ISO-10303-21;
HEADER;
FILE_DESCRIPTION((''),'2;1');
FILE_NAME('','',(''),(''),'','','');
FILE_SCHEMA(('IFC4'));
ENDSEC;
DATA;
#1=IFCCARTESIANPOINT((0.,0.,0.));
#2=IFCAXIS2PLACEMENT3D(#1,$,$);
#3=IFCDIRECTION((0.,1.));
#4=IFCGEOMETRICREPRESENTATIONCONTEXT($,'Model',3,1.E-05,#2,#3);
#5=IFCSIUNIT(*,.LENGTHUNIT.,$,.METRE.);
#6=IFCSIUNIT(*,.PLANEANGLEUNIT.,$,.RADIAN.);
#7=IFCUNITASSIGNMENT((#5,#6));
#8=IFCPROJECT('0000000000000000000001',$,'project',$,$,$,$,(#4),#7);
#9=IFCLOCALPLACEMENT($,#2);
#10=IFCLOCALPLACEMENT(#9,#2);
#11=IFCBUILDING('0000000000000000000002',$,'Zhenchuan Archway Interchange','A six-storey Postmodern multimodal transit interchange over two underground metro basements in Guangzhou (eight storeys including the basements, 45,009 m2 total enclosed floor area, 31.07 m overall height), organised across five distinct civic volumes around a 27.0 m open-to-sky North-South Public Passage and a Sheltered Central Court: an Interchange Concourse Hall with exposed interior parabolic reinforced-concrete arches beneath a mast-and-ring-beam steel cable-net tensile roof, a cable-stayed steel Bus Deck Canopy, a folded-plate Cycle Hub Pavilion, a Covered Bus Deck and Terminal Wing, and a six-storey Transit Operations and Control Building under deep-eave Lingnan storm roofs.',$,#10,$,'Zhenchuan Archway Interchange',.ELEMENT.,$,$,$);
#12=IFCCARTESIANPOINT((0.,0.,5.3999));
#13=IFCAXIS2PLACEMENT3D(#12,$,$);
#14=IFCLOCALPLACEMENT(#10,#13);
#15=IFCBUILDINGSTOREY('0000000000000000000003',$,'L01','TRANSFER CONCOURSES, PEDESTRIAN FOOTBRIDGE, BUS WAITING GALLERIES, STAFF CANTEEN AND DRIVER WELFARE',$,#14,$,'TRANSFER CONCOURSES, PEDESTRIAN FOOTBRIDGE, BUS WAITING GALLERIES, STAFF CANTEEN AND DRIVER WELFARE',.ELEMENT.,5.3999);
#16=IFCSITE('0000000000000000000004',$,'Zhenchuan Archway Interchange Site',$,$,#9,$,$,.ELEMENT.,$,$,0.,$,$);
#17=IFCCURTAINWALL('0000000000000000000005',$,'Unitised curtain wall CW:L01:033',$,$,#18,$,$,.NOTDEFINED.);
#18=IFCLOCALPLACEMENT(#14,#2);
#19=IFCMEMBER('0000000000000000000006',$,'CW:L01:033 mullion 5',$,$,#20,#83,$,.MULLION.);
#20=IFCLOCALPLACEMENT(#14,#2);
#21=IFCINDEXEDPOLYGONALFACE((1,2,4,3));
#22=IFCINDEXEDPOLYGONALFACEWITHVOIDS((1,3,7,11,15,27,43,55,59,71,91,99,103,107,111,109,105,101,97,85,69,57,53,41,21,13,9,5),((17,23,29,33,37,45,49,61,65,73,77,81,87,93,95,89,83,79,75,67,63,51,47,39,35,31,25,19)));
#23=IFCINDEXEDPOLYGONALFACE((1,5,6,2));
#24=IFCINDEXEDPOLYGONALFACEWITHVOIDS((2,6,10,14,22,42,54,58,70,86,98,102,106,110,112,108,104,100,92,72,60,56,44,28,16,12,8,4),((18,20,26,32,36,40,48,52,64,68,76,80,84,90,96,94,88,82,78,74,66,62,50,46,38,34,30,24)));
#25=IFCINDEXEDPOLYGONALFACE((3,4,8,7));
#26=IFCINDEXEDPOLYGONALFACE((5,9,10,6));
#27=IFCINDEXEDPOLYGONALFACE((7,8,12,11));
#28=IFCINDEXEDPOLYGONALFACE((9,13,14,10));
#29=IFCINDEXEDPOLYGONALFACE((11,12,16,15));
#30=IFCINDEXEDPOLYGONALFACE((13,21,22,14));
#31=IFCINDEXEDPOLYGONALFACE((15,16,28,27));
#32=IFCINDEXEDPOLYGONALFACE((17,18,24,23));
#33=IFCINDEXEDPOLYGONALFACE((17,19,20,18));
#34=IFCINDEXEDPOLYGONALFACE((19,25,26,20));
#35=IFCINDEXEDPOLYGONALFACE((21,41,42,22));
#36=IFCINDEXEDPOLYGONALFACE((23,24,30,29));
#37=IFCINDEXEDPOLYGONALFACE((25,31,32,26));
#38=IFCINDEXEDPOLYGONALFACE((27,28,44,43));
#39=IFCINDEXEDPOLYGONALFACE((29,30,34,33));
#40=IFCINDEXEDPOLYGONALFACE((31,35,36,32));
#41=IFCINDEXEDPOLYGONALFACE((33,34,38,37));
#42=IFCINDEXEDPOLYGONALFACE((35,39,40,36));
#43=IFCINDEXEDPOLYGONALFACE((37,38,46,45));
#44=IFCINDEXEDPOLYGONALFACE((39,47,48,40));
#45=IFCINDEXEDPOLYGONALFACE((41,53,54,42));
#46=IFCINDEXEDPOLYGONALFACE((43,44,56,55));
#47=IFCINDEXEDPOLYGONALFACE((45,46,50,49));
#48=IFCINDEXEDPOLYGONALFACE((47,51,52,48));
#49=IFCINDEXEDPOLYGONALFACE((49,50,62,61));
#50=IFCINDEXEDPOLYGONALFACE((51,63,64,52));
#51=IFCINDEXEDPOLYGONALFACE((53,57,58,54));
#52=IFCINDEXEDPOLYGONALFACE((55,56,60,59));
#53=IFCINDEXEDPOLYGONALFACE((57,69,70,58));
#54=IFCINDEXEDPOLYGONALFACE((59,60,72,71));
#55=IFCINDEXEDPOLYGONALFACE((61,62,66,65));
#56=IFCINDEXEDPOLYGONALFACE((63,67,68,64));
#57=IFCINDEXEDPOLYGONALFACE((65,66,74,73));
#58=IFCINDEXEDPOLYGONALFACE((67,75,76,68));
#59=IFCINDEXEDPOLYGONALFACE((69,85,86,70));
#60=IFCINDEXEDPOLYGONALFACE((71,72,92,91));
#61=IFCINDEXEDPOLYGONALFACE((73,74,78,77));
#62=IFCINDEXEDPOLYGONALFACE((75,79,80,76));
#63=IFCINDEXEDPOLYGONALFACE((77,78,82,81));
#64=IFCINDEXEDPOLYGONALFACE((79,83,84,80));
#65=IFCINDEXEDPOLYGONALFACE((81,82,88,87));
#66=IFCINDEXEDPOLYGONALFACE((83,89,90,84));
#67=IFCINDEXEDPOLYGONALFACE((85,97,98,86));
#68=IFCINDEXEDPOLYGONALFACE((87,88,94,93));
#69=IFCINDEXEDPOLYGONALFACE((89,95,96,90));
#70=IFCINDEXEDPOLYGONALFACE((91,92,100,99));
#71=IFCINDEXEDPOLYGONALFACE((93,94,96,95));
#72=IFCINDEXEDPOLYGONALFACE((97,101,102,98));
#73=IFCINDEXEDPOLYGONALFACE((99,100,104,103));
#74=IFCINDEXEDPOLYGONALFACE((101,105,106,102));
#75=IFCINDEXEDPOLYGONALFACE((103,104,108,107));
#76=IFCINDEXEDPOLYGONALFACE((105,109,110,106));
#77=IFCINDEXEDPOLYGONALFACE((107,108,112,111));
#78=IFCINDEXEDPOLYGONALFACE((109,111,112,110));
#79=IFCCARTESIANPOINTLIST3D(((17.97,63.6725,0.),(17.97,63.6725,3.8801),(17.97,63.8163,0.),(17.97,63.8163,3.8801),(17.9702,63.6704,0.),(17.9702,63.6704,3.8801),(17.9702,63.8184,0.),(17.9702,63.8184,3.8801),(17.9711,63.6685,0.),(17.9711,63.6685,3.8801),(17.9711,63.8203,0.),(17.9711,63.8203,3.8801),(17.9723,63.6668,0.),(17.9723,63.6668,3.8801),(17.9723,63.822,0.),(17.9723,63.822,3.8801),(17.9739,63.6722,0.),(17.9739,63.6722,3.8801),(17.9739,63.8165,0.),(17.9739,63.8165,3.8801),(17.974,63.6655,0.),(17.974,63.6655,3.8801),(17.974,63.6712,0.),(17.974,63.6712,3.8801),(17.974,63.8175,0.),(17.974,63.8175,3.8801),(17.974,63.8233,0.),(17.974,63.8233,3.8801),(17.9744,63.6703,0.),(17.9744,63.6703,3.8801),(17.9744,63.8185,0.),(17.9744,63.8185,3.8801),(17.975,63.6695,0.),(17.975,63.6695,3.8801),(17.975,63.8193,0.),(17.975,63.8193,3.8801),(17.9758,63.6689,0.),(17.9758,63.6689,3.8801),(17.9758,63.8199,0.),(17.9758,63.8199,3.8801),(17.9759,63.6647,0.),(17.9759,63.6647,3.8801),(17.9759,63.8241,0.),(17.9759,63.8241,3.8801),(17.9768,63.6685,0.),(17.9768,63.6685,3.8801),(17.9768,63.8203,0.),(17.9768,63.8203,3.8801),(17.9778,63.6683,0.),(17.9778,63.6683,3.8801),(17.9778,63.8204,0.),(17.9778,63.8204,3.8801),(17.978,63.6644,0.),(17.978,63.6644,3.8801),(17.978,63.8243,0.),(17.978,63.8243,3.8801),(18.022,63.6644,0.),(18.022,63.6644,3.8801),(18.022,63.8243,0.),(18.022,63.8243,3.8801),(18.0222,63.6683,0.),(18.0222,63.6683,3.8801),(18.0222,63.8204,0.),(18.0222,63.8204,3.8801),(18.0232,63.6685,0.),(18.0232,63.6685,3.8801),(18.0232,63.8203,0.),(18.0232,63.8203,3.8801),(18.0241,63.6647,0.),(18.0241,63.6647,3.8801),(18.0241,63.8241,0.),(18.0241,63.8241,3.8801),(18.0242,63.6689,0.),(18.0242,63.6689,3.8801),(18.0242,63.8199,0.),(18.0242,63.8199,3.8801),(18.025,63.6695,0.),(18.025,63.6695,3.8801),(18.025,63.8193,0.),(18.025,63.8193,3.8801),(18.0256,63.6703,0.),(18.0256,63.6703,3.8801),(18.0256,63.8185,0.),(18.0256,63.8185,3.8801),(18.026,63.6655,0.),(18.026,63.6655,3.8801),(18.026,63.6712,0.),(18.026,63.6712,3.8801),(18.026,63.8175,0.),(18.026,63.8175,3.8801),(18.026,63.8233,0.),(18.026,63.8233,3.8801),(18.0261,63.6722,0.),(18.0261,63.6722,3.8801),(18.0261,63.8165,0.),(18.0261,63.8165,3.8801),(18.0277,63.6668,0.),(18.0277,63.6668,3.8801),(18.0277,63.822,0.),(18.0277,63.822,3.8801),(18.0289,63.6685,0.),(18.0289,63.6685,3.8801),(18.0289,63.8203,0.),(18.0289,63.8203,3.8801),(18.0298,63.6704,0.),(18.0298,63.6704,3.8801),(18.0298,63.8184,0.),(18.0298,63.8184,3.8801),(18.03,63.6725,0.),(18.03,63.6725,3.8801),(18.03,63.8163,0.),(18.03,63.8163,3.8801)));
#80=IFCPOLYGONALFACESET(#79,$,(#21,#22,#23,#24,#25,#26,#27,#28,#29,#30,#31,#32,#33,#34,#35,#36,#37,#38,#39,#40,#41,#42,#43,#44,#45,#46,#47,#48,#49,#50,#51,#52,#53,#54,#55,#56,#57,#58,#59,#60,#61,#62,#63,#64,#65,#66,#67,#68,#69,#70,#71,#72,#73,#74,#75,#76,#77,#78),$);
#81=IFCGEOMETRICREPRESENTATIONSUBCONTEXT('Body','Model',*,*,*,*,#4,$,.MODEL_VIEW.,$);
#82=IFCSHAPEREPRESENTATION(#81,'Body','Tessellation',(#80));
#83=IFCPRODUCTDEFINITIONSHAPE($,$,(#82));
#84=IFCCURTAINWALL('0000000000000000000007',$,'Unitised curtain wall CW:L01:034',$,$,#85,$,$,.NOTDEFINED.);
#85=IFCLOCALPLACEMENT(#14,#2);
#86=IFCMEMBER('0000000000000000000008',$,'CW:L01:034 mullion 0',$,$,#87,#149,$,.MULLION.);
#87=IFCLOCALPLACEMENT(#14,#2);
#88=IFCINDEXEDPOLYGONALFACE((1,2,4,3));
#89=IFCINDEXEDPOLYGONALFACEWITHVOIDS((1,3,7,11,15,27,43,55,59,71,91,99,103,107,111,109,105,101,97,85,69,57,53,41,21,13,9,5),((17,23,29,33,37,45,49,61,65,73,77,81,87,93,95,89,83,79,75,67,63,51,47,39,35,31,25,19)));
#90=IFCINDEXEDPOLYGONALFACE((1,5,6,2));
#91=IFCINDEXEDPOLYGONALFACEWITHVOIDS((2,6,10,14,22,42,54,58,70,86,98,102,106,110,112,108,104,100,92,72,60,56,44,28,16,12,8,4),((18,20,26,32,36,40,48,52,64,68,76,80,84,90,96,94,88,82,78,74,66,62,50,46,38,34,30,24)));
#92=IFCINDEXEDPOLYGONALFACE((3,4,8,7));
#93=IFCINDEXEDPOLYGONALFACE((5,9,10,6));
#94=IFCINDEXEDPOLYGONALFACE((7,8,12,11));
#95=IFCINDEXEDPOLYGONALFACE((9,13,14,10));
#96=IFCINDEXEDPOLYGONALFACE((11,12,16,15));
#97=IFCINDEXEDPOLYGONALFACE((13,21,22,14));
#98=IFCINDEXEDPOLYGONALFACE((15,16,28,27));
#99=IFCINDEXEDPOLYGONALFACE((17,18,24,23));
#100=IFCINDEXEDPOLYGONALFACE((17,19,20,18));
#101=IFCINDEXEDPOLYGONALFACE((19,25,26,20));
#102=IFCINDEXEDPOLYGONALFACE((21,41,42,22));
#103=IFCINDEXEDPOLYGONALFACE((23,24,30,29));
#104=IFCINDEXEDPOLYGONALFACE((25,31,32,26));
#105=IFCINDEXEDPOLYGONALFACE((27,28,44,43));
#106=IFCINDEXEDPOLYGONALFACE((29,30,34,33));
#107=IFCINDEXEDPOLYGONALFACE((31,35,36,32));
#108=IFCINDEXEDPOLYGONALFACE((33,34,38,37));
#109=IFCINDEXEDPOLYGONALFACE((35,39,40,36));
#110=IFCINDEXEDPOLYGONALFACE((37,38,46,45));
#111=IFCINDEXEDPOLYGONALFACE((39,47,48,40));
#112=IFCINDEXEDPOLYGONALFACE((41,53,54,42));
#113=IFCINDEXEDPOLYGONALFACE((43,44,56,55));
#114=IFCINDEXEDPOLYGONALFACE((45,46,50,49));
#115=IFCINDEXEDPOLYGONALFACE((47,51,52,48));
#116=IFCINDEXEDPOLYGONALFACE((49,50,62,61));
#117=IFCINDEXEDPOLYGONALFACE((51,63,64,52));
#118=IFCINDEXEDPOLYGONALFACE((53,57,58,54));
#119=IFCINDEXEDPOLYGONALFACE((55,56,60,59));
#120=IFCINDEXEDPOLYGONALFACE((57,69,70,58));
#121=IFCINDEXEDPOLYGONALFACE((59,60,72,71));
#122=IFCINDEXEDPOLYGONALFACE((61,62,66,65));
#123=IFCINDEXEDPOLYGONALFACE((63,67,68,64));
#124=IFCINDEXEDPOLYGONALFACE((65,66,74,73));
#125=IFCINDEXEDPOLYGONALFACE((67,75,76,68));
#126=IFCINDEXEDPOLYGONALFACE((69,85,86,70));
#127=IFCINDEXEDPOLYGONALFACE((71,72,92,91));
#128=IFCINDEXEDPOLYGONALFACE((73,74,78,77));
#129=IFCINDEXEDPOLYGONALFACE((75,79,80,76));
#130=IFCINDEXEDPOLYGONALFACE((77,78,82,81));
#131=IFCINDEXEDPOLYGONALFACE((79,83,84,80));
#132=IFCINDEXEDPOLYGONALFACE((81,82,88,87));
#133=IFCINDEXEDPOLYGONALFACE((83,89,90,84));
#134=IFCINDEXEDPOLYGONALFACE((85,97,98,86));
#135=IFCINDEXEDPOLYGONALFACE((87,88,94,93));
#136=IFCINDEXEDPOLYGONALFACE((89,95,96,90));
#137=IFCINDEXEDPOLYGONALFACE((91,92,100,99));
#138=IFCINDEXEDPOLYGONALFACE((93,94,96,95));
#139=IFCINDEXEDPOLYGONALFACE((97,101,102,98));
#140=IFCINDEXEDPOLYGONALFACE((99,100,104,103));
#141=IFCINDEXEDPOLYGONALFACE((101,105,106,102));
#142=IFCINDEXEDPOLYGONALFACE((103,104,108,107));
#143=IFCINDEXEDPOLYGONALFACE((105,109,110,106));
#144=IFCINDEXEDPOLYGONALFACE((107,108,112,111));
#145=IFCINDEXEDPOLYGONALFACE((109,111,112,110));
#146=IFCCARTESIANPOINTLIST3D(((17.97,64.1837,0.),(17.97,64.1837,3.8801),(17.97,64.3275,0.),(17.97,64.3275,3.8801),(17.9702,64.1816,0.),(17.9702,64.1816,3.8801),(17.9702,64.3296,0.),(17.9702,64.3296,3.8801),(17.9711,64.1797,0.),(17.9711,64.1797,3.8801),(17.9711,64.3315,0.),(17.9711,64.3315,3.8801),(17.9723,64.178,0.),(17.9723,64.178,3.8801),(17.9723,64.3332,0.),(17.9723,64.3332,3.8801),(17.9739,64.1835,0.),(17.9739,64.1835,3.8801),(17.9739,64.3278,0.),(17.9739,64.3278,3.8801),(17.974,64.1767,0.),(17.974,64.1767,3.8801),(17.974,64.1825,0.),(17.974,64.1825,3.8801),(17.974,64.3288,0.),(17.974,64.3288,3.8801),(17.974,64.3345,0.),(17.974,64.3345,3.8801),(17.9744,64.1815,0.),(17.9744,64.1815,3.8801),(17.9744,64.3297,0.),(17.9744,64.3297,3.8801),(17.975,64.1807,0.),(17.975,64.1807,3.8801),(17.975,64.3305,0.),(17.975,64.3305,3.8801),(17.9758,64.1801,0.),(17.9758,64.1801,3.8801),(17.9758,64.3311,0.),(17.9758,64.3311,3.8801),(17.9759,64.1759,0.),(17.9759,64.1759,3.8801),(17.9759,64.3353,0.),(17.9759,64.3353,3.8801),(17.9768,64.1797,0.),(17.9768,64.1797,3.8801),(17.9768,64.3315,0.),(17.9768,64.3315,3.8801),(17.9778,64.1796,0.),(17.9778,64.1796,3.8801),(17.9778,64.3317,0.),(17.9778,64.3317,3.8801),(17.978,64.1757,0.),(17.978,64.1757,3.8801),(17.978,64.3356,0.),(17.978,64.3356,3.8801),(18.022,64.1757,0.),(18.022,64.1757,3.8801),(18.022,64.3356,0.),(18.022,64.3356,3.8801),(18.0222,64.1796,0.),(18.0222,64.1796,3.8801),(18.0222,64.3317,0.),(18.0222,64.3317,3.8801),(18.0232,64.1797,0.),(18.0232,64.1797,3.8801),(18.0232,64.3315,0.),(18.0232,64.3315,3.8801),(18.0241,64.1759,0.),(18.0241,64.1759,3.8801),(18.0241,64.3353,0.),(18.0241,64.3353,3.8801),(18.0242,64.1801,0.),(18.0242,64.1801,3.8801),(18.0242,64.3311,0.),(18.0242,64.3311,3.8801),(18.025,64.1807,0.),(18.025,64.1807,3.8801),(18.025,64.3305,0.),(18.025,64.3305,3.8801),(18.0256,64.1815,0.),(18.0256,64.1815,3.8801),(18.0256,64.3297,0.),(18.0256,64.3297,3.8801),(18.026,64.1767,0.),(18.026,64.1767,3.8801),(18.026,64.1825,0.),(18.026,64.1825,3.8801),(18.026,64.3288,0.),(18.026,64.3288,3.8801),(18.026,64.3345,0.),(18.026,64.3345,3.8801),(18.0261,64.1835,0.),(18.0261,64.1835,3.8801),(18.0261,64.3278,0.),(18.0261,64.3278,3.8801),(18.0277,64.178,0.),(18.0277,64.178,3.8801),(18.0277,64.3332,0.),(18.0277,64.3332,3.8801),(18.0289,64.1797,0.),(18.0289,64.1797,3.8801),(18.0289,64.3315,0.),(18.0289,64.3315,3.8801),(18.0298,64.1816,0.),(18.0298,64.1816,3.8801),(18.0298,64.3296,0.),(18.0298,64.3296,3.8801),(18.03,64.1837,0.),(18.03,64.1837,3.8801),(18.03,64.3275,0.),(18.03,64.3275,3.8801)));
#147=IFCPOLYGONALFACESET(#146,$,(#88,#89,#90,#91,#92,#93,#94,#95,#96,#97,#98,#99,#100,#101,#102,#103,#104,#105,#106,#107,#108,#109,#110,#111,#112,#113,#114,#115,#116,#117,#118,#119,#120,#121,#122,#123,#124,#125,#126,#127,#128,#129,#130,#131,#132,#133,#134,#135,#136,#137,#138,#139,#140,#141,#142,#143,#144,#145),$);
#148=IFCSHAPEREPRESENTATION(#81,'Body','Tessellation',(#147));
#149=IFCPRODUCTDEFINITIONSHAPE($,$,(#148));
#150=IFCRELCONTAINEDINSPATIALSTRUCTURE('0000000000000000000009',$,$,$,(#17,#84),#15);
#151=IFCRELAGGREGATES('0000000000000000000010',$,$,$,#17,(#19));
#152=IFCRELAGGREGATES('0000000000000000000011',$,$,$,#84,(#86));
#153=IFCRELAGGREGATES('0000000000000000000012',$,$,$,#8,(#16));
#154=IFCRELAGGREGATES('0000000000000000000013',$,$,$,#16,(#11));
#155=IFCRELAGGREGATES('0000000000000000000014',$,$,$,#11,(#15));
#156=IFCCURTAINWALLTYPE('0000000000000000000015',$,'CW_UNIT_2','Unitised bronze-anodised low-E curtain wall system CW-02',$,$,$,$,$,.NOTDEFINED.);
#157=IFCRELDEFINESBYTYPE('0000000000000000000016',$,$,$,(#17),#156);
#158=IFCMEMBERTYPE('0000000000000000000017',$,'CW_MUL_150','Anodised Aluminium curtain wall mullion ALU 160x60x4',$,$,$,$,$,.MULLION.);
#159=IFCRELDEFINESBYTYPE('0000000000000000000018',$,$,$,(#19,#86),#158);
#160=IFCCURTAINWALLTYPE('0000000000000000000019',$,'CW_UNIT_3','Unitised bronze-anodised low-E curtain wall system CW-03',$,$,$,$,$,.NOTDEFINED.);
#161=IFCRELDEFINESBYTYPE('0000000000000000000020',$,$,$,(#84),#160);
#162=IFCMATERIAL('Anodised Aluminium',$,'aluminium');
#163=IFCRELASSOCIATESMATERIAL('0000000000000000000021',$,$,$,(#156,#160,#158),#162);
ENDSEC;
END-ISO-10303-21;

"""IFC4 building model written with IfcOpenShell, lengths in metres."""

from ifc_helpers import new_model, si_unit, direction, frame, origin, origin_2d, place, context, subcontext, project, spatial, hollow_rectangle, extrude, material, material_profile, profile_set, type_object, element, aggregate, save


model = new_model("IFC4")

# Units and contexts
model_context = context("Model", 3, precision=1e-05, world=origin(), true_north=direction((0.0, 1.0)))
body_context = subcontext(model_context, "Body", "Model", "MODEL_VIEW")
ifc_project = project(units=[si_unit("LENGTHUNIT", "METRE"), si_unit("PLANEANGLEUNIT", "RADIAN")], contexts=[model_context])

# Site, building, storey
site_placement = place(None, origin())
site = spatial("IfcSite", under=ifc_project, at=site_placement, Name="Zhenchuan Archway Interchange Site", CompositionType="ELEMENT", RefElevation=0.0)
building_placement = place(site_placement, origin())
building = spatial("IfcBuilding", under=site, at=building_placement, Name="Zhenchuan Archway Interchange", Description="A six-storey Postmodern multimodal transit interchange over two underground metro basements in Guangzhou (eight storeys including the basements, 45,009 m2 total enclosed floor area, 31.07 m overall height), organised across five distinct civic volumes around a 27.0 m open-to-sky North-South Public Passage and a Sheltered Central Court: an Interchange Concourse Hall with exposed interior parabolic reinforced-concrete arches beneath a mast-and-ring-beam steel cable-net tensile roof, a cable-stayed steel Bus Deck Canopy, a folded-plate Cycle Hub Pavilion, a Covered Bus Deck and Terminal Wing, and a six-storey Transit Operations and Control Building under deep-eave Lingnan storm roofs.", LongName="Zhenchuan Archway Interchange", CompositionType="ELEMENT")
storey_placement = place(building_placement, frame((0.0, 0.0, 5.3999)))
storey = spatial("IfcBuildingStorey", under=building, at=storey_placement, Name="L01", Description="TRANSFER CONCOURSES, PEDESTRIAN FOOTBRIDGE, BUS WAITING GALLERIES, STAFF CANTEEN AND DRIVER WELFARE", LongName="TRANSFER CONCOURSES, PEDESTRIAN FOOTBRIDGE, BUS WAITING GALLERIES, STAFF CANTEEN AND DRIVER WELFARE", CompositionType="ELEMENT", Elevation=5.3999)

# Curtain walls, members
ifc_material_1 = material(Name="Anodised Aluminium", Category="aluminium")
curtain_wall_type_1 = type_object("IfcCurtainWallType", Name="CW_UNIT_2", Description="Unitised bronze-anodised low-E curtain wall system CW-02", PredefinedType="NOTDEFINED", material=ifc_material_1)
curtain_wall_1_placement = place(storey_placement, origin())
curtain_wall_1 = element("IfcCurtainWall", 1, at=curtain_wall_1_placement, inside=storey, type_object=curtain_wall_type_1, Name="Unitised curtain wall CW:L01:033", PredefinedType="NOTDEFINED")
ifc_material_profile_1 = material_profile(ifc_material_1, hollow_rectangle(XDim=0.0601, YDim=0.1599, WallThickness=0.0039, InnerFilletRadius=0.0039, OuterFilletRadius=0.0081, at=origin_2d()), Name="ALU 160x60x4")
ifc_profile_set_1 = profile_set([ifc_material_profile_1], Name="Anodised Aluminium")
member_type_1 = type_object("IfcMemberType", Name="CW_MUL_150", Description="Anodised Aluminium curtain wall mullion ALU 160x60x4", PredefinedType="MULLION", material=ifc_profile_set_1)
member_1_placement = place(storey_placement, frame((18.0, 63.7444, 0.0), z_axis=(0.0, 0.0, 1.0), x_axis=(1.0, 0.0, 0.0)))
member_1 = element("IfcMember", 2, at=member_1_placement, type_object=member_type_1, Name="CW:L01:033 mullion 5", PredefinedType="MULLION", context=body_context, shape_type="SweptSolid", body=[
    extrude(hollow_rectangle(XDim=0.0601, YDim=0.1599, WallThickness=0.0039, InnerFilletRadius=0.0039, OuterFilletRadius=0.0081, at=origin_2d()), origin(), (0.0, 0.0, 1.0), 3.8801),
])
curtain_wall_type_2 = type_object("IfcCurtainWallType", Name="CW_UNIT_3", Description="Unitised bronze-anodised low-E curtain wall system CW-03", PredefinedType="NOTDEFINED", material=ifc_material_1)
curtain_wall_2_placement = place(storey_placement, origin())
curtain_wall_2 = element("IfcCurtainWall", 3, at=curtain_wall_2_placement, inside=storey, type_object=curtain_wall_type_2, Name="Unitised curtain wall CW:L01:034", PredefinedType="NOTDEFINED")
member_2_placement = place(storey_placement, frame((18.0, 64.2556, 0.0), z_axis=(0.0, 0.0, 1.0), x_axis=(1.0, 0.0, 0.0)))
member_2 = element("IfcMember", 4, at=member_2_placement, type_object=member_type_1, Name="CW:L01:034 mullion 0", PredefinedType="MULLION", context=body_context, shape_type="SweptSolid", body=[
    extrude(hollow_rectangle(XDim=0.0601, YDim=0.1599, WallThickness=0.0039, InnerFilletRadius=0.0039, OuterFilletRadius=0.0081, at=origin_2d()), origin(), (0.0, 0.0, 1.0), 3.8801),
])

aggregate(curtain_wall_1, [member_1])
aggregate(curtain_wall_2, [member_2])

save(model, "model.ifc")
